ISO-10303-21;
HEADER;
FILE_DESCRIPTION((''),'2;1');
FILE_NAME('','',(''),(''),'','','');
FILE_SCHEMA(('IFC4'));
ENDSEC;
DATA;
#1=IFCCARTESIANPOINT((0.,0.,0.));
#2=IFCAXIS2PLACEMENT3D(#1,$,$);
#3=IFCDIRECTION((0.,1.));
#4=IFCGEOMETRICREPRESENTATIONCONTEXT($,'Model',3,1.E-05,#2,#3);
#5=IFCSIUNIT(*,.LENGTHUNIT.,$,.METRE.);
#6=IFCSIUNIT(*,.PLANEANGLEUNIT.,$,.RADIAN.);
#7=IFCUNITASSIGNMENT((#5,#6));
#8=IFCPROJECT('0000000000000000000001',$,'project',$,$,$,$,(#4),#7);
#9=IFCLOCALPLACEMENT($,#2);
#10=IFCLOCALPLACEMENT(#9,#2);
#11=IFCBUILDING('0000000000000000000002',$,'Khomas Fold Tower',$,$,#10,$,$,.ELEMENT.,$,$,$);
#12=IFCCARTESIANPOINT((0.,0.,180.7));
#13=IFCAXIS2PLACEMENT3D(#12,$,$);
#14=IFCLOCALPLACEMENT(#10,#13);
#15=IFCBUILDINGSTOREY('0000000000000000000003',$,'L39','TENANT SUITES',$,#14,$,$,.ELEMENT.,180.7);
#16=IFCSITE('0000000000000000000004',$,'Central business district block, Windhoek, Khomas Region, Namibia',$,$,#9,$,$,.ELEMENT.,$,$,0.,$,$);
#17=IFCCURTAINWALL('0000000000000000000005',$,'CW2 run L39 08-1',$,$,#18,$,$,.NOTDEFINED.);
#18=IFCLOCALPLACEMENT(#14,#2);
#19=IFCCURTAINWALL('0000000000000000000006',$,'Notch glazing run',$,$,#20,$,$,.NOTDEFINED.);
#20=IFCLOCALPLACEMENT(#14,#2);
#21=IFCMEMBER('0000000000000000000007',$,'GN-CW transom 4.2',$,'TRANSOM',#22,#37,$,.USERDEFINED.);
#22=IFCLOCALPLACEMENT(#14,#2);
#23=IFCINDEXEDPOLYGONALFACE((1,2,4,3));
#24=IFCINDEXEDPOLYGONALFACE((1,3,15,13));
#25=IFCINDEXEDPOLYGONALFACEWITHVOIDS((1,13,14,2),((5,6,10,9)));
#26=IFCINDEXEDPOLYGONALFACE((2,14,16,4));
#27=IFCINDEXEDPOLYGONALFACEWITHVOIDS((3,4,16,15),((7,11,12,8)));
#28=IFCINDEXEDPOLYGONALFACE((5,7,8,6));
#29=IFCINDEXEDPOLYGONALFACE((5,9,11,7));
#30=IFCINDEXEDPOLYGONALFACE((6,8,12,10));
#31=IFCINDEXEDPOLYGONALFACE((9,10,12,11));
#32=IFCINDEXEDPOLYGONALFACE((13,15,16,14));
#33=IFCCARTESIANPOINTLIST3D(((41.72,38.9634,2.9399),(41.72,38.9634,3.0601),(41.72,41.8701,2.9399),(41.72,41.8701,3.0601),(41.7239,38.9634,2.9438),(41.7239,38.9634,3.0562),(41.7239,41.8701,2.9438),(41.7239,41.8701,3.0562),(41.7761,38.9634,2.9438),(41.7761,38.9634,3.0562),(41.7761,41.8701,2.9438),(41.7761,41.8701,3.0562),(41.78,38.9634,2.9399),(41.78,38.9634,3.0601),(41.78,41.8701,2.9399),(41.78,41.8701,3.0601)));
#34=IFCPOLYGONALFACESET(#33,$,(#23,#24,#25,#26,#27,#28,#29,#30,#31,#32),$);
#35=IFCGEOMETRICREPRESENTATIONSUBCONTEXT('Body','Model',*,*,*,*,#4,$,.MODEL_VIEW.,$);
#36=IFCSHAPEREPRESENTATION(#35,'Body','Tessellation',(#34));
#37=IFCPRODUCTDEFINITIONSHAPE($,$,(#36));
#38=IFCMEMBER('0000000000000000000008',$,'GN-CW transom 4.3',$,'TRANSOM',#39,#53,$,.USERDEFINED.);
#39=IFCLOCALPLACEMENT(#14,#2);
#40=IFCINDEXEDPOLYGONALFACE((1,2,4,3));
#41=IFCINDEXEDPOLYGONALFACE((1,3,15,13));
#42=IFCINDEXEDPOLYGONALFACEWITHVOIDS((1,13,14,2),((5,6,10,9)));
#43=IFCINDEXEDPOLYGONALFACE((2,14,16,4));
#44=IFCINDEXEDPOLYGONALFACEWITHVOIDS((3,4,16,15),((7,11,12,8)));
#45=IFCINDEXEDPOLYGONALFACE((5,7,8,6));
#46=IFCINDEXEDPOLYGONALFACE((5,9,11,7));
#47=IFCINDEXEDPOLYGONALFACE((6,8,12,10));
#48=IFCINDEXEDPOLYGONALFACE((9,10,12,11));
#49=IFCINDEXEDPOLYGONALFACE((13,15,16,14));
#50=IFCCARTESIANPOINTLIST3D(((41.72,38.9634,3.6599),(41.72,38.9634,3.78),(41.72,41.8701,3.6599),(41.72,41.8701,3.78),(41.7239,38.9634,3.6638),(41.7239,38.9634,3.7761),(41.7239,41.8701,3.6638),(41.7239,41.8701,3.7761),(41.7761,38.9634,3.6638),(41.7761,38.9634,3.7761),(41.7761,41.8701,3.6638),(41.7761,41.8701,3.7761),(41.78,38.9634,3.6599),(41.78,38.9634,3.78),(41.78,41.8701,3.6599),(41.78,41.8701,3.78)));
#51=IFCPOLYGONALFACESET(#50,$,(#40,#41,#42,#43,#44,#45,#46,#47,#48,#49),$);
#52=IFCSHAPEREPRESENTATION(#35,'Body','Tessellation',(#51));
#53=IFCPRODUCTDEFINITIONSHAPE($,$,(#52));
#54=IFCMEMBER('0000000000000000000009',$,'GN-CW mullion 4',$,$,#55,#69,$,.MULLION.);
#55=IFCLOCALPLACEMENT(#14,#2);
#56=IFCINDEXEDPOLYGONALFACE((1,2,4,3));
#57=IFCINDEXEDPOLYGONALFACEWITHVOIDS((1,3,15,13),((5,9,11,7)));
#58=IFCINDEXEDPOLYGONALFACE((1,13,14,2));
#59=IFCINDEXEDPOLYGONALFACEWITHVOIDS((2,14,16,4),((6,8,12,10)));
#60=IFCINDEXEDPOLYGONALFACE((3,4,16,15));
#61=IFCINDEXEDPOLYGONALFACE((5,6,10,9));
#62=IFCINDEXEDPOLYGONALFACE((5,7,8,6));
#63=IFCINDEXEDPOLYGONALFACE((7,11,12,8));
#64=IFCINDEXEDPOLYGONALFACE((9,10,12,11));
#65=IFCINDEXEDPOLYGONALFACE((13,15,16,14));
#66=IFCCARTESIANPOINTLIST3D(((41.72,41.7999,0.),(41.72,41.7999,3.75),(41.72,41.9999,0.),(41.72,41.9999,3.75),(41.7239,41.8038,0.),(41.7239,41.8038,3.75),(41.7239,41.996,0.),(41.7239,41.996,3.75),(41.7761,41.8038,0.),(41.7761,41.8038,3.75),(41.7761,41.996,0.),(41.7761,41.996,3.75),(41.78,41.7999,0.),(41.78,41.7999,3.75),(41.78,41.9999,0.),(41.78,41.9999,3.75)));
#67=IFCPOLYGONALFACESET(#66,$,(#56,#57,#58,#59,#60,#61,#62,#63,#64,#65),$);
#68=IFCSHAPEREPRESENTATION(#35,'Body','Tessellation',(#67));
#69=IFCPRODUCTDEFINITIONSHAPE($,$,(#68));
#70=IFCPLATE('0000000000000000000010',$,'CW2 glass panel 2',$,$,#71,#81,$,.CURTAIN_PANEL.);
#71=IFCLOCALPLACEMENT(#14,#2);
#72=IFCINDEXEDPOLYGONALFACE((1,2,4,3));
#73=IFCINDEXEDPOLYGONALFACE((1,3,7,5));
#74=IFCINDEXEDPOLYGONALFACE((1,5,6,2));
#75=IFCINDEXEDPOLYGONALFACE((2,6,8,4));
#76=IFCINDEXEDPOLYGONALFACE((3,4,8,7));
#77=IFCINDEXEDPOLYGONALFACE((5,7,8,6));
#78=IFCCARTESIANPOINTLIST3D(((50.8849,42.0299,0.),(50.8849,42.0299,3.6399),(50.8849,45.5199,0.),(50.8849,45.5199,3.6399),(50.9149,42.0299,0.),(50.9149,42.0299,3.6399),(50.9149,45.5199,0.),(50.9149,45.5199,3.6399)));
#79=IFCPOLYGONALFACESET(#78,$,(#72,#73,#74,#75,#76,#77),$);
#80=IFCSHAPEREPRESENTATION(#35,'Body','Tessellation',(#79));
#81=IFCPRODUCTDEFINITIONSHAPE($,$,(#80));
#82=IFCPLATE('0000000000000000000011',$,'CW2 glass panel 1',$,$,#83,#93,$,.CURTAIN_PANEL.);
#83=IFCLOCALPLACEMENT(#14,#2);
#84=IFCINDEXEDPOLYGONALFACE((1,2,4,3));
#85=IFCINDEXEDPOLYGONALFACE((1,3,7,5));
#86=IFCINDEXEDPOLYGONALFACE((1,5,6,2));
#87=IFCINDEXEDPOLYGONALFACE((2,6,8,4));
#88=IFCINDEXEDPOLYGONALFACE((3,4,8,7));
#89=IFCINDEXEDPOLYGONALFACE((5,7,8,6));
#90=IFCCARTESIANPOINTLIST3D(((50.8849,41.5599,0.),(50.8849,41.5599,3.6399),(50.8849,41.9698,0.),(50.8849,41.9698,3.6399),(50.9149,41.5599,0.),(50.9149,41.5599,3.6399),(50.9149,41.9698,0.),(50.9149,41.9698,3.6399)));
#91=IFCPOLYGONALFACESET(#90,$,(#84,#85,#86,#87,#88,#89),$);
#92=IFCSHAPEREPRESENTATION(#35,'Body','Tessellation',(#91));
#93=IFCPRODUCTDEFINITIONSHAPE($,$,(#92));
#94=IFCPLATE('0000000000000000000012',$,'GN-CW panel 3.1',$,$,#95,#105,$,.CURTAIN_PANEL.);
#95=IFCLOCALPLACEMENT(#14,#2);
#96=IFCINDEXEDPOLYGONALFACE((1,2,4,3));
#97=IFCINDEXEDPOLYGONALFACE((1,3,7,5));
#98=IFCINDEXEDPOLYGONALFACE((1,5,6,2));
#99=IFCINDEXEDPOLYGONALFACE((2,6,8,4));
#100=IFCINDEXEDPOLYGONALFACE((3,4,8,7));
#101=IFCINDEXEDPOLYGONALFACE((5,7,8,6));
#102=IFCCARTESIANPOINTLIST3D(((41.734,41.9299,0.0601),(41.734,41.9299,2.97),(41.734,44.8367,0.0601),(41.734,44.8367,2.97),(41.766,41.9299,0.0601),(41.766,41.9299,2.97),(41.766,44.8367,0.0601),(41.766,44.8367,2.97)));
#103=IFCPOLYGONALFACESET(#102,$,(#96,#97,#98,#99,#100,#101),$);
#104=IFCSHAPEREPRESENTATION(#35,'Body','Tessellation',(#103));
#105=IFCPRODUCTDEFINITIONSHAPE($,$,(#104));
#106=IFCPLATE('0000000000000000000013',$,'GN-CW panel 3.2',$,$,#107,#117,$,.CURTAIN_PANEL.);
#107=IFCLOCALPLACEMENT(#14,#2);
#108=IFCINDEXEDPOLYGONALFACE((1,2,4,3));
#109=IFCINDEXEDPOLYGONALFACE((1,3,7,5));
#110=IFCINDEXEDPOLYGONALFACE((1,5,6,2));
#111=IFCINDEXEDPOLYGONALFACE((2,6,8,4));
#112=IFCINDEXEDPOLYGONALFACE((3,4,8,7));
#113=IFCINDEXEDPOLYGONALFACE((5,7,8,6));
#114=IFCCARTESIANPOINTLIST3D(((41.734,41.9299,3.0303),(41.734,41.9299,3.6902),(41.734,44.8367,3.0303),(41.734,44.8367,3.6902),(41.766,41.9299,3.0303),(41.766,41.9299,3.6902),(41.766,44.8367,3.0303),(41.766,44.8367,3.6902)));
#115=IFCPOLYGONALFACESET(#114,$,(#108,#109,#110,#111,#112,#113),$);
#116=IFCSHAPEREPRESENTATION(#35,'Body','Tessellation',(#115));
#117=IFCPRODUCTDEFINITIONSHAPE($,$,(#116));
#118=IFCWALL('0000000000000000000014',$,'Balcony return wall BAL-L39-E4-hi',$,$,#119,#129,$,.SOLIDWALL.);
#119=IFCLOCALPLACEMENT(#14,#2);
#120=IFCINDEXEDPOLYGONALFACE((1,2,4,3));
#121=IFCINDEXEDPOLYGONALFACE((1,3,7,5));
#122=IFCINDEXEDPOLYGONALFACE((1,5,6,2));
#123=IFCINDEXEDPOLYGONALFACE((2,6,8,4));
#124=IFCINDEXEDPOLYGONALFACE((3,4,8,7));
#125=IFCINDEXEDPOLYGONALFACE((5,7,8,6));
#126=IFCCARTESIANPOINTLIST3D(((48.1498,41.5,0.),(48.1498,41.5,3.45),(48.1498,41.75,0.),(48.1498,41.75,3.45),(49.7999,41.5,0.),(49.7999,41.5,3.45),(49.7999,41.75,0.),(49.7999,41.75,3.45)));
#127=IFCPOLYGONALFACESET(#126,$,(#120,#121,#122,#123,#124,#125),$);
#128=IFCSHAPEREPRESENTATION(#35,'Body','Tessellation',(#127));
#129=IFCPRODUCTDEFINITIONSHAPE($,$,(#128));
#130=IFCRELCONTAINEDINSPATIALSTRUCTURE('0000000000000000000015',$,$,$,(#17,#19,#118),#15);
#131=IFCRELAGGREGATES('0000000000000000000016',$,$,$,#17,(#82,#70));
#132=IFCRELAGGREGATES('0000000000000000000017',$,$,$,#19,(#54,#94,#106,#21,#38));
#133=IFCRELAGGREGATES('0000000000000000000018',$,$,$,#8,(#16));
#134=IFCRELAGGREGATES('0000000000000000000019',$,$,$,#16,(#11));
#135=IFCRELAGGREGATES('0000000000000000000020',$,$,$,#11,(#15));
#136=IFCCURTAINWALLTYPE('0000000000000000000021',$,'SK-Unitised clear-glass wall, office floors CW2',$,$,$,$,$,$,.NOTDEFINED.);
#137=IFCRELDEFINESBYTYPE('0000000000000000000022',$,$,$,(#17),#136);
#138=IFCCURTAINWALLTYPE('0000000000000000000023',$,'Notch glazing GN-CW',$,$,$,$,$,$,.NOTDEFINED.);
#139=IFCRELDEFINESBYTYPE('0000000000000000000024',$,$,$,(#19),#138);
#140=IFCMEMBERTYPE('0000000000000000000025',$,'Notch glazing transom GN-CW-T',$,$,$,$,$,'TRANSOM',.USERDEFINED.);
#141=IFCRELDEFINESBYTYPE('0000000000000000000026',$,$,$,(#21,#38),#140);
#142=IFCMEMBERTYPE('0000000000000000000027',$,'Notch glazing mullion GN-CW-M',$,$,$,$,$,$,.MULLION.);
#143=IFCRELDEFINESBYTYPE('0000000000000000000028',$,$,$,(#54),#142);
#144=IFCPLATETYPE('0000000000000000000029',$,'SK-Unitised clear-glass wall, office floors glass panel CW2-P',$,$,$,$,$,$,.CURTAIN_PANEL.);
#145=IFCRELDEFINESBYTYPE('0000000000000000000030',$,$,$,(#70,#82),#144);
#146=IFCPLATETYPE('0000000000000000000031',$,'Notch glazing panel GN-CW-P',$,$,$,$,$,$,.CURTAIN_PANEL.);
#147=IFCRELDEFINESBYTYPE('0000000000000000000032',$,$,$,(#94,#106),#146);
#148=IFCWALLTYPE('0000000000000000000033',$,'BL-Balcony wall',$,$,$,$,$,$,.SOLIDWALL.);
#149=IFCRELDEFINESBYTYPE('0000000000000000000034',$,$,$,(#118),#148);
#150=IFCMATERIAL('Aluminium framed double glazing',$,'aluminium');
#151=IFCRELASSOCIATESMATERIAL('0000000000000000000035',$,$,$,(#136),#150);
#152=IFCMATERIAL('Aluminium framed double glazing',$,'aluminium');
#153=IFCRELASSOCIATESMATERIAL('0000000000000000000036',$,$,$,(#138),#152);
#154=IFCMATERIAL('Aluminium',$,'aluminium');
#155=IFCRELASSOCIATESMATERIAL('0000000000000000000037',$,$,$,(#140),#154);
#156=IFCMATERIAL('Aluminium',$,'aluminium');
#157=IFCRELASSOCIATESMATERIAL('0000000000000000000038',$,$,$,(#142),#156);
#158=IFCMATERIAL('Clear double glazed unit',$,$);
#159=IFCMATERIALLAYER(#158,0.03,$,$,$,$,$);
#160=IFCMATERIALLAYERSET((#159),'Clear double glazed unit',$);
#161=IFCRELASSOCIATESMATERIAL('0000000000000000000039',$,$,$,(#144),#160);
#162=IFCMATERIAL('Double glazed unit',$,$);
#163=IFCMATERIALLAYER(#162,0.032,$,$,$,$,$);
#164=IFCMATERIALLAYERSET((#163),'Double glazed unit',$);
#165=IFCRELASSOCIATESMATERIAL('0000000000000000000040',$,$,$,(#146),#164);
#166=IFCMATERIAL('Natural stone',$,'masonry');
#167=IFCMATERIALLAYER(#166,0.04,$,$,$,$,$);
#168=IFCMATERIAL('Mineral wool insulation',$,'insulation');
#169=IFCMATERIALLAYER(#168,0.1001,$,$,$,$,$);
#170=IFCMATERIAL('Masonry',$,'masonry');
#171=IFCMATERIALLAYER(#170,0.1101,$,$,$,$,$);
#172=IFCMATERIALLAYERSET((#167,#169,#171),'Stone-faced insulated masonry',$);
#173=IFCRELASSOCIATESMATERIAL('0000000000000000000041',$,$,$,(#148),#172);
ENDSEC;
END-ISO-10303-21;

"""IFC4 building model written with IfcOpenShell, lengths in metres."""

from ifc_helpers import new_model, si_unit, direction, frame, frame_2d, origin, origin_2d, place, context, subcontext, project, spatial, rectangle, hollow_rectangle, extrude, source, transform, mapped, material, layer, layer_set, material_profile, profile_set, type_object, element, aggregate, save


model = new_model("IFC4")

# Units and contexts
model_context = context("Model", 3, precision=1e-05, world=origin(), true_north=direction((0.0, 1.0)))
body_context = subcontext(model_context, "Body", "Model", "MODEL_VIEW")
ifc_project = project(units=[si_unit("LENGTHUNIT", "METRE"), si_unit("PLANEANGLEUNIT", "RADIAN")], contexts=[model_context])

# Site, building, storey
site_placement = place(None, origin())
site = spatial("IfcSite", under=ifc_project, at=site_placement, Name="Central business district block, Windhoek, Khomas Region, Namibia", CompositionType="ELEMENT", RefElevation=0.0)
building_placement = place(site_placement, origin())
building = spatial("IfcBuilding", under=site, at=building_placement, Name="Khomas Fold Tower", CompositionType="ELEMENT")
storey_placement = place(building_placement, frame((0.0, 0.0, 180.7)))
storey = spatial("IfcBuildingStorey", under=building, at=storey_placement, Name="L39", Description="TENANT SUITES", CompositionType="ELEMENT", Elevation=180.7)

# Curtain walls, members
ifc_material_1 = material(Name="Aluminium framed double glazing", Category="aluminium")
curtain_wall_type_1 = type_object("IfcCurtainWallType", Name="SK-Unitised clear-glass wall, office floors CW2", PredefinedType="NOTDEFINED", material=ifc_material_1)
curtain_wall_1_placement = place(storey_placement, origin())
curtain_wall_1 = element("IfcCurtainWall", 1, at=curtain_wall_1_placement, inside=storey, type_object=curtain_wall_type_1, Name="CW2 run L39 08-1", PredefinedType="NOTDEFINED")
ifc_material_2 = material(Name="Aluminium framed double glazing", Category="aluminium")
curtain_wall_type_2 = type_object("IfcCurtainWallType", Name="Notch glazing GN-CW", PredefinedType="NOTDEFINED", material=ifc_material_2)
curtain_wall_2_placement = place(storey_placement, origin())
curtain_wall_2 = element("IfcCurtainWall", 2, at=curtain_wall_2_placement, inside=storey, type_object=curtain_wall_type_2, Name="Notch glazing run", PredefinedType="NOTDEFINED")
ifc_material_3 = material(Name="Aluminium", Category="aluminium")
ifc_material_profile_1 = material_profile(ifc_material_3, hollow_rectangle(XDim=0.0601, YDim=0.1201, WallThickness=0.0039, at=origin_2d()), Name="Notch glazing transom GN-CW-T")
ifc_profile_set_1 = profile_set([ifc_material_profile_1], Name="Aluminium")
member_type_1 = type_object("IfcMemberType", Name="Notch glazing transom GN-CW-T", ElementType="TRANSOM", PredefinedType="USERDEFINED", material=ifc_profile_set_1)
shared_shape_1 = source(origin(), body_context, "Body", "SweptSolid", [
    extrude(hollow_rectangle(XDim=0.0601, YDim=0.1201, WallThickness=0.0039, at=origin_2d()), origin(), (0.0, 0.0, 1.0), 2.9067),
])
member_1_placement = place(storey_placement, frame((41.75, 41.8701, 3.0), z_axis=(0.0, -1.0, 0.0), x_axis=(1.0, 0.0, 0.0)))
member_1 = element("IfcMember", 3, at=member_1_placement, type_object=member_type_1, Name="GN-CW transom 4.2", ObjectType="TRANSOM", PredefinedType="USERDEFINED", context=body_context, shape_type="MappedRepresentation", body=[
    mapped(shared_shape_1, transform((0.0, 0.0, 0.0))),
])
member_2_placement = place(storey_placement, frame((41.75, 41.8701, 3.72), z_axis=(0.0, -1.0, 0.0), x_axis=(1.0, 0.0, 0.0)))
member_2 = element("IfcMember", 4, at=member_2_placement, type_object=member_type_1, Name="GN-CW transom 4.3", ObjectType="TRANSOM", PredefinedType="USERDEFINED", context=body_context, shape_type="MappedRepresentation", body=[
    mapped(shared_shape_1, transform((0.0, 0.0, 0.0))),
])
ifc_material_4 = material(Name="Aluminium", Category="aluminium")
ifc_material_profile_2 = material_profile(ifc_material_4, hollow_rectangle(XDim=0.0601, YDim=0.2, WallThickness=0.0039, at=origin_2d()), Name="Notch glazing mullion GN-CW-M")
ifc_profile_set_2 = profile_set([ifc_material_profile_2], Name="Aluminium")
member_type_2 = type_object("IfcMemberType", Name="Notch glazing mullion GN-CW-M", PredefinedType="MULLION", material=ifc_profile_set_2)
shared_shape_2 = source(origin(), body_context, "Body", "SweptSolid", [
    extrude(hollow_rectangle(XDim=0.0601, YDim=0.2, WallThickness=0.0039, at=origin_2d()), origin(), (0.0, 0.0, 1.0), 3.75),
])
member_3_placement = place(storey_placement, frame((41.75, 41.8999, 0.0), z_axis=(0.0, 0.0, 1.0), x_axis=(1.0, 0.0, 0.0)))
member_3 = element("IfcMember", 5, at=member_3_placement, type_object=member_type_2, Name="GN-CW mullion 4", PredefinedType="MULLION", context=body_context, shape_type="MappedRepresentation", body=[
    mapped(shared_shape_2, transform((0.0, 0.0, 0.0))),
])

# Plates
ifc_material_5 = material(Name="Clear double glazed unit")
ifc_layer_1 = layer(ifc_material_5, 0.03)
ifc_layer_set_1 = layer_set([ifc_layer_1], Name="Clear double glazed unit")
plate_type_1 = type_object("IfcPlateType", Name="SK-Unitised clear-glass wall, office floors glass panel CW2-P", PredefinedType="CURTAIN_PANEL", material=ifc_layer_set_1)
shared_shape_3 = source(origin(), body_context, "Body", "SweptSolid", [
    extrude(rectangle(XDim=3.49, YDim=0.03, at=origin_2d()), origin(), (0.0, 0.0, 1.0), 3.6399),
])
plate_1_placement = place(storey_placement, frame((50.8999, 43.7749, 0.0), z_axis=(0.0, 0.0, 1.0), x_axis=(0.0, 1.0, 0.0)))
plate_1 = element("IfcPlate", 6, at=plate_1_placement, type_object=plate_type_1, Name="CW2 glass panel 2", PredefinedType="CURTAIN_PANEL", context=body_context, shape_type="MappedRepresentation", body=[
    mapped(shared_shape_3, transform((0.0, 0.0, 0.0))),
])
shared_shape_4 = source(origin(), body_context, "Body", "SweptSolid", [
    extrude(rectangle(XDim=0.4099, YDim=0.03, at=origin_2d()), origin(), (0.0, 0.0, 1.0), 3.6399),
])
plate_2_placement = place(storey_placement, frame((50.8999, 41.7649, 0.0), z_axis=(0.0, 0.0, 1.0), x_axis=(0.0, 1.0, 0.0)))
plate_2 = element("IfcPlate", 7, at=plate_2_placement, type_object=plate_type_1, Name="CW2 glass panel 1", PredefinedType="CURTAIN_PANEL", context=body_context, shape_type="MappedRepresentation", body=[
    mapped(shared_shape_4, transform((0.0, 0.0, 0.0))),
])
aggregate(curtain_wall_1, [plate_2, plate_1])
ifc_material_6 = material(Name="Double glazed unit")
ifc_layer_2 = layer(ifc_material_6, 0.032)
ifc_layer_set_2 = layer_set([ifc_layer_2], Name="Double glazed unit")
plate_type_2 = type_object("IfcPlateType", Name="Notch glazing panel GN-CW-P", PredefinedType="CURTAIN_PANEL", material=ifc_layer_set_2)
shared_shape_5 = source(origin(), body_context, "Body", "SweptSolid", [
    extrude(rectangle(XDim=2.9067, YDim=0.032, at=origin_2d()), origin(), (0.0, 0.0, 1.0), 2.9099),
])
plate_3_placement = place(storey_placement, frame((41.75, 43.3833, 0.0601), z_axis=(0.0, 0.0, 1.0), x_axis=(0.0, -1.0, 0.0)))
plate_3 = element("IfcPlate", 8, at=plate_3_placement, type_object=plate_type_2, Name="GN-CW panel 3.1", PredefinedType="CURTAIN_PANEL", context=body_context, shape_type="MappedRepresentation", body=[
    mapped(shared_shape_5, transform((0.0, 0.0, 0.0))),
])
shared_shape_6 = source(origin(), body_context, "Body", "SweptSolid", [
    extrude(rectangle(XDim=2.9067, YDim=0.032, at=origin_2d()), origin(), (0.0, 0.0, 1.0), 0.6599),
])
plate_4_placement = place(storey_placement, frame((41.75, 43.3833, 3.0303), z_axis=(0.0, 0.0, 1.0), x_axis=(0.0, -1.0, 0.0)))
plate_4 = element("IfcPlate", 9, at=plate_4_placement, type_object=plate_type_2, Name="GN-CW panel 3.2", PredefinedType="CURTAIN_PANEL", context=body_context, shape_type="MappedRepresentation", body=[
    mapped(shared_shape_6, transform((0.0, 0.0, 0.0))),
])
aggregate(curtain_wall_2, [member_3, plate_3, plate_4, member_1, member_2])

# Wall
ifc_material_7 = material(Name="Natural stone", Category="masonry")
ifc_layer_3 = layer(ifc_material_7, 0.04)
ifc_material_8 = material(Name="Mineral wool insulation", Category="insulation")
ifc_layer_4 = layer(ifc_material_8, 0.1001)
ifc_material_9 = material(Name="Masonry", Category="masonry")
ifc_layer_5 = layer(ifc_material_9, 0.1101)
ifc_layer_set_3 = layer_set([ifc_layer_3, ifc_layer_4, ifc_layer_5], Name="Stone-faced insulated masonry")
wall_type = type_object("IfcWallType", Name="BL-Balcony wall", PredefinedType="SOLIDWALL", material=ifc_layer_set_3)
shared_shape_7 = source(origin(), body_context, "Body", "SweptSolid", [
    extrude(rectangle(XDim=1.6501, YDim=0.25, at=frame_2d((0.8252, 0.0))), origin(), (0.0, 0.0, 1.0), 3.45),
])
wall_placement = place(storey_placement, frame((49.8, 41.625, 0.0), z_axis=(0.0, 0.0, 1.0), x_axis=(-1.0, 0.0, 0.0)))
element("IfcWall", 10, at=wall_placement, inside=storey, type_object=wall_type, Name="Balcony return wall BAL-L39-E4-hi", PredefinedType="SOLIDWALL", context=body_context, shape_type="MappedRepresentation", body=[
    mapped(shared_shape_7, transform((0.0, 0.0, 0.0))),
])

save(model, "model.ifc")
